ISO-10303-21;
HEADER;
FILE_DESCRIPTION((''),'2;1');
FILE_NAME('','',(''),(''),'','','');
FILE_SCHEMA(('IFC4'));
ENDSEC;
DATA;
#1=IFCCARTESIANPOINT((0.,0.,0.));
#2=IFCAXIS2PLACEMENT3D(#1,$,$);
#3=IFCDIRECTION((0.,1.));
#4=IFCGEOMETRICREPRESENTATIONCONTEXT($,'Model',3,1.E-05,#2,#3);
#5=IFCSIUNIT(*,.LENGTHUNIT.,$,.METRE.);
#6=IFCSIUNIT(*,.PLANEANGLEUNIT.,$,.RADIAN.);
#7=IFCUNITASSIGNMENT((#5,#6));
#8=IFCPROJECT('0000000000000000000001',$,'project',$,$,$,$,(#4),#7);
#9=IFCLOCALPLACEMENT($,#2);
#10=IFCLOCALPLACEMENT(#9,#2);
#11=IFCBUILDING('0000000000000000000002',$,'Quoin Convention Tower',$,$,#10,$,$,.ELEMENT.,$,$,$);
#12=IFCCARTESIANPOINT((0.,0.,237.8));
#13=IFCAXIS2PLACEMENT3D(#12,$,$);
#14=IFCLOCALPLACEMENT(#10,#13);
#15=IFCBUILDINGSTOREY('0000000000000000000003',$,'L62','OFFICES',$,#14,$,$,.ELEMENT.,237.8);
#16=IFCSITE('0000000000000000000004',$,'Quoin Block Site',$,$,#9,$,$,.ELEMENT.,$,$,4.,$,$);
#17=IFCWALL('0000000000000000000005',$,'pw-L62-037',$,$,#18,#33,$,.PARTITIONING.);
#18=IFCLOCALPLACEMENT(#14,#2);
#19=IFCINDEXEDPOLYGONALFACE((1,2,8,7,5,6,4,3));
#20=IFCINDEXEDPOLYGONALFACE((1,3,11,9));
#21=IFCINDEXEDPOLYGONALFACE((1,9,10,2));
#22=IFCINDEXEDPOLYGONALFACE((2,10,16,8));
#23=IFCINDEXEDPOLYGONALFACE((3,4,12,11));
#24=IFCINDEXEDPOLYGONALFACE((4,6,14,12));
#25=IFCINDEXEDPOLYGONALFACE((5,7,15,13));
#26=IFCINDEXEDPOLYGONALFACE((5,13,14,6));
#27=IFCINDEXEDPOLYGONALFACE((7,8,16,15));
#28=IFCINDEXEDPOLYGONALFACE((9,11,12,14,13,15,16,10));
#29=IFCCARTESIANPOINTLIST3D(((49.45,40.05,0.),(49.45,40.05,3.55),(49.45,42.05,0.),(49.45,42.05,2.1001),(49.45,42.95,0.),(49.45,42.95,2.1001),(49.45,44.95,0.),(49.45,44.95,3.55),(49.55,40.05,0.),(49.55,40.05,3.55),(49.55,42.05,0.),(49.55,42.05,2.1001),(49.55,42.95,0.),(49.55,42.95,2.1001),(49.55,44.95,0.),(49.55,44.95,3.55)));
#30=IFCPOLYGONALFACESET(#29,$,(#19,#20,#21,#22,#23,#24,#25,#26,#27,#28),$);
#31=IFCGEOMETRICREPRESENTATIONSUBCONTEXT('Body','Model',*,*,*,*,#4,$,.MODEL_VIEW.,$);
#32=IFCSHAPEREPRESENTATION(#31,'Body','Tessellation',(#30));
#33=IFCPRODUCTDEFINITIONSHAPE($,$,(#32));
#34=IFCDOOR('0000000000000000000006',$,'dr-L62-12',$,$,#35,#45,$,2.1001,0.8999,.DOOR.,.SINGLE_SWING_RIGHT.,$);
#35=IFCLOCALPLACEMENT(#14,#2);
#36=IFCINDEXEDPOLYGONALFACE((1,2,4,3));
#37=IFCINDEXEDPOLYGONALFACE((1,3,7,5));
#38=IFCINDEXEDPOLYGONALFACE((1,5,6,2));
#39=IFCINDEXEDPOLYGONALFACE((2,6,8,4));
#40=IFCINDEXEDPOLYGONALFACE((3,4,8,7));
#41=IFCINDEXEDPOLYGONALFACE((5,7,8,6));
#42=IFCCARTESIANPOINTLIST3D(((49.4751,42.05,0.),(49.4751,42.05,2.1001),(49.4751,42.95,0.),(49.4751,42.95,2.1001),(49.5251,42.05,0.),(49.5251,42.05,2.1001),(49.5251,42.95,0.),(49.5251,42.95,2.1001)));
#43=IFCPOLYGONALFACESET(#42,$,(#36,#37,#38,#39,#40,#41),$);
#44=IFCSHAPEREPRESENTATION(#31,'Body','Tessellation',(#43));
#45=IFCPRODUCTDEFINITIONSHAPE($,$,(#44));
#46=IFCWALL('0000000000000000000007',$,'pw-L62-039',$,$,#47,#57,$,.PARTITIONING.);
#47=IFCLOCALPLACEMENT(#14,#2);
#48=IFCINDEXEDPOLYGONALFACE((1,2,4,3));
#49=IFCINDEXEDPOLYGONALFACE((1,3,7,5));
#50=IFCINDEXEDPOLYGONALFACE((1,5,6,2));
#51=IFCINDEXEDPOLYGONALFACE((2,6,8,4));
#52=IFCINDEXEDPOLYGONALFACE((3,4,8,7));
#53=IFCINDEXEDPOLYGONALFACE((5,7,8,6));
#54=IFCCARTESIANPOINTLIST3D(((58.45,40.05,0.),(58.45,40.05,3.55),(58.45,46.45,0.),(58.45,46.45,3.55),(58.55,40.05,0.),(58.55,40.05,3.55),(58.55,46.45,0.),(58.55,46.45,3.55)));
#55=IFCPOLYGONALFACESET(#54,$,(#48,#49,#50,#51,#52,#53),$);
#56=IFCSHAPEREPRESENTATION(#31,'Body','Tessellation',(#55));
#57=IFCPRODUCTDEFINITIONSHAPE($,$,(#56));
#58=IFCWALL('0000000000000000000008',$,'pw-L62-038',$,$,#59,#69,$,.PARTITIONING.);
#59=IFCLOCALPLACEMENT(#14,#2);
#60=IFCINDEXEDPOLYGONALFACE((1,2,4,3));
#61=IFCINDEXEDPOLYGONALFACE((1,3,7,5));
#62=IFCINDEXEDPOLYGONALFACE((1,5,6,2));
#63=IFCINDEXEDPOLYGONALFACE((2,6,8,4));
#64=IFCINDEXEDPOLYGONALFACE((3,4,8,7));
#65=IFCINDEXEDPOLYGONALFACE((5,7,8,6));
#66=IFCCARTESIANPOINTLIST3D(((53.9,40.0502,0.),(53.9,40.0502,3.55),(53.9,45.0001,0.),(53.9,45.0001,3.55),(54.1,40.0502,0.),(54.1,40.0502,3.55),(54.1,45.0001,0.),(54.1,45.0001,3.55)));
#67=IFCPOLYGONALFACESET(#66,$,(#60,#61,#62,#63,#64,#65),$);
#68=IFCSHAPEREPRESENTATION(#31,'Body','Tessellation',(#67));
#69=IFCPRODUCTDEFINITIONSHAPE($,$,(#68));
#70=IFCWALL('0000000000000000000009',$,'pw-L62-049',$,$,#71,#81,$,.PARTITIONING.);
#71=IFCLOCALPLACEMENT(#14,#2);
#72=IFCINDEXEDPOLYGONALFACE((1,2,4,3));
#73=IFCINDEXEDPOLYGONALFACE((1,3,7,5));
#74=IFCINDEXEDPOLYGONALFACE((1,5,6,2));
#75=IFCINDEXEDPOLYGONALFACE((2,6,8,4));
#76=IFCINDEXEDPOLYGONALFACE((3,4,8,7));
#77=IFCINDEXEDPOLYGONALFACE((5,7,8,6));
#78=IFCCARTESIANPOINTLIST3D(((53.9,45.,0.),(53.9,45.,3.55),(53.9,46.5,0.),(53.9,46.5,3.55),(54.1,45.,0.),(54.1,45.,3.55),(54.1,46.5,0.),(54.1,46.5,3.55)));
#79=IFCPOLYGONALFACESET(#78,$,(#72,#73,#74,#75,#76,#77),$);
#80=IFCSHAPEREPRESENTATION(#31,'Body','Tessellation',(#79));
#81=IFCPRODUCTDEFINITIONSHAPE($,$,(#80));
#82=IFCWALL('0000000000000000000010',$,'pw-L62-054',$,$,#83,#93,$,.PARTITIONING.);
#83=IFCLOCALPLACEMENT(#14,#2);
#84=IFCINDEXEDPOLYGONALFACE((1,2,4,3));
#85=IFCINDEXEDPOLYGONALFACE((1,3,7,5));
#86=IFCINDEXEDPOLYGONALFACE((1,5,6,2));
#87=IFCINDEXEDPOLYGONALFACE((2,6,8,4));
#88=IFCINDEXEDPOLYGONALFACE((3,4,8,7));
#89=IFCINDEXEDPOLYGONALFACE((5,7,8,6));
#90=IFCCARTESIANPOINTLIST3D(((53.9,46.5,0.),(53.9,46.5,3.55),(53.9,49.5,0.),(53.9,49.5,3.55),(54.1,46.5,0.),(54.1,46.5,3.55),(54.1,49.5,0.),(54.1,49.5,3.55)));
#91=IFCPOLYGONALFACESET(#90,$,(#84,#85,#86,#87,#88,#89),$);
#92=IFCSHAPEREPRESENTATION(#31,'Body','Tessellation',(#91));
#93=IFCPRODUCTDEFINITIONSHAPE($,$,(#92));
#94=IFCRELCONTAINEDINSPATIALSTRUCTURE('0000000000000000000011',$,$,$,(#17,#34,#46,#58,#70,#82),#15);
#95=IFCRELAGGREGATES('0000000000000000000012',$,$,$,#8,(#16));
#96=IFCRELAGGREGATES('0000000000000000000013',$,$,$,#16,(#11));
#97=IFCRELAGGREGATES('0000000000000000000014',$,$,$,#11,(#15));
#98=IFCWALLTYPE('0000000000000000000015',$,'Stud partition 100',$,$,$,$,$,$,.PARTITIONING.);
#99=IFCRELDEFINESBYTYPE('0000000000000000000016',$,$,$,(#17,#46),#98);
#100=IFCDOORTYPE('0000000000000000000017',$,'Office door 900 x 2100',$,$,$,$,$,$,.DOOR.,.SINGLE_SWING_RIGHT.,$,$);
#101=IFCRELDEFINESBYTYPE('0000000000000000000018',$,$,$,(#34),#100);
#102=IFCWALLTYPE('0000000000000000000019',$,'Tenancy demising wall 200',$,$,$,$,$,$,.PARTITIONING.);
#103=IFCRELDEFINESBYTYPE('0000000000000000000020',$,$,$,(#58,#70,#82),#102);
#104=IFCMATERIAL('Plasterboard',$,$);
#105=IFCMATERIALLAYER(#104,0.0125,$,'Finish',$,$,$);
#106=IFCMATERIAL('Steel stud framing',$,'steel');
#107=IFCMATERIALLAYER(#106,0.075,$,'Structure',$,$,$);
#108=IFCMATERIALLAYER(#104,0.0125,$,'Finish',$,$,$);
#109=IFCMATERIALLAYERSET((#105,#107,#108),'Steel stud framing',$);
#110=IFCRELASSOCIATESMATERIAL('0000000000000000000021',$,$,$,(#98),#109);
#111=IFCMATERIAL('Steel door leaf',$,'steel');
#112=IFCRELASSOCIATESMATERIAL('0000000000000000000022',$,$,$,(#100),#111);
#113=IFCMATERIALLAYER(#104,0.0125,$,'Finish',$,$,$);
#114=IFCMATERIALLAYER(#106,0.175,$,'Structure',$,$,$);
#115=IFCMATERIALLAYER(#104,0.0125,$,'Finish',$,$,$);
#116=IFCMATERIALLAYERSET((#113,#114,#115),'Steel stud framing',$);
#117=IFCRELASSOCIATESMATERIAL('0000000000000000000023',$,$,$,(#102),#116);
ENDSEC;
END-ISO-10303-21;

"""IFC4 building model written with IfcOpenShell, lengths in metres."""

from ifc_helpers import new_model, si_unit, direction, frame, frame_2d, origin, place, context, subcontext, project, spatial, rectangle, extrude, material, layer, layer_set, type_object, element, fill, save


model = new_model("IFC4")

# Units and contexts
model_context = context("Model", 3, precision=1e-05, world=origin(), true_north=direction((0.0, 1.0)))
body_context = subcontext(model_context, "Body", "Model", "MODEL_VIEW")
ifc_project = project(units=[si_unit("LENGTHUNIT", "METRE"), si_unit("PLANEANGLEUNIT", "RADIAN")], contexts=[model_context])

# Site, building, storey
site_placement = place(None, origin())
site = spatial("IfcSite", under=ifc_project, at=site_placement, Name="Quoin Block Site", CompositionType="ELEMENT", RefElevation=4.0)
building_placement = place(site_placement, origin())
building = spatial("IfcBuilding", under=site, at=building_placement, Name="Quoin Convention Tower", CompositionType="ELEMENT")
storey_placement = place(building_placement, frame((0.0, 0.0, 237.8)))
storey = spatial("IfcBuildingStorey", under=building, at=storey_placement, Name="L62", Description="OFFICES", CompositionType="ELEMENT", Elevation=237.8)

# Shared definitions
ifc_material_1 = material(Name="Plasterboard")
ifc_material_2 = material(Name="Steel stud framing", Category="steel")
ifc_layer_1 = layer(ifc_material_1, 0.0125, Name="Finish")
ifc_layer_2 = layer(ifc_material_2, 0.075, Name="Structure")
ifc_layer_3 = layer(ifc_material_1, 0.0125, Name="Finish")
ifc_layer_set_1 = layer_set([ifc_layer_1, ifc_layer_2, ifc_layer_3], Name="Steel stud framing")
wall_type_1 = type_object("IfcWallType", Name="Stud partition 100", PredefinedType="PARTITIONING", material=ifc_layer_set_1)

# Shared definitions
ifc_material_3 = material(Name="Steel door leaf", Category="steel")
door_type = type_object("IfcDoorType", Name="Office door 900 x 2100", OperationType="SINGLE_SWING_RIGHT", PredefinedType="DOOR", material=ifc_material_3)

# Wall, opening, door
wall_1_placement = place(storey_placement, frame((49.5, 40.05, 0.0), z_axis=(0.0, 0.0, 1.0), x_axis=(0.0, 1.0, 0.0)))
wall_1 = element("IfcWall", 1, at=wall_1_placement, inside=storey, type_object=wall_type_1, Name="pw-L62-037", PredefinedType="PARTITIONING", context=body_context, shape_type="SweptSolid", body=[
    extrude(rectangle(XDim=4.8999, YDim=0.1001, at=frame_2d((2.45, 0.0))), origin(), (0.0, 0.0, 1.0), 3.55),
])
opening_1_placement = place(wall_1_placement, frame((2.0, 0.0, 0.0)))
opening_1 = element("IfcOpeningElement", 2, at=opening_1_placement, cuts=wall_1, PredefinedType="OPENING", context=body_context, shape_type="SweptSolid", body=[
    extrude(rectangle(XDim=0.8999, YDim=2.1001, at=frame_2d((0.45, 1.05))), frame((0.0, 0.0601, 0.0), z_axis=(0.0, -1.0, 0.0), x_axis=(1.0, 0.0, 0.0)), (0.0, 0.0, 1.0), 0.1201),
])
door_1_placement = place(opening_1_placement, origin())
door_1 = element("IfcDoor", 3, at=door_1_placement, inside=storey, type_object=door_type, Name="dr-L62-12", OperationType="SINGLE_SWING_RIGHT", OverallHeight=2.1001, OverallWidth=0.8999, PredefinedType="DOOR", context=body_context, shape_type="SweptSolid", body=[
    extrude(rectangle(XDim=0.8999, YDim=2.1001, at=frame_2d((0.45, 1.05))), frame((0.0, 0.0249, 0.0), z_axis=(0.0, -1.0, 0.0), x_axis=(1.0, 0.0, 0.0)), (0.0, 0.0, 1.0), 0.05),
])
fill(opening_1, door_1)

# Walls
wall_2_placement = place(storey_placement, frame((58.5, 40.05, 0.0), z_axis=(0.0, 0.0, 1.0), x_axis=(0.0, 1.0, 0.0)))
element("IfcWall", 4, at=wall_2_placement, inside=storey, type_object=wall_type_1, Name="pw-L62-039", PredefinedType="PARTITIONING", context=body_context, shape_type="SweptSolid", body=[
    extrude(rectangle(XDim=6.3999, YDim=0.1001, at=frame_2d((3.2, 0.0))), origin(), (0.0, 0.0, 1.0), 3.55),
])
ifc_layer_4 = layer(ifc_material_1, 0.0125, Name="Finish")
ifc_layer_5 = layer(ifc_material_2, 0.175, Name="Structure")
ifc_layer_6 = layer(ifc_material_1, 0.0125, Name="Finish")
ifc_layer_set_2 = layer_set([ifc_layer_4, ifc_layer_5, ifc_layer_6], Name="Steel stud framing")
wall_type_2 = type_object("IfcWallType", Name="Tenancy demising wall 200", PredefinedType="PARTITIONING", material=ifc_layer_set_2)
wall_3_placement = place(storey_placement, frame((54.0, 40.05, 0.0), z_axis=(0.0, 0.0, 1.0), x_axis=(0.0, 1.0, 0.0)))
element("IfcWall", 5, at=wall_3_placement, inside=storey, type_object=wall_type_2, Name="pw-L62-038", PredefinedType="PARTITIONING", context=body_context, shape_type="SweptSolid", body=[
    extrude(rectangle(XDim=4.95, YDim=0.2, at=frame_2d((2.4751, 0.0))), origin(), (0.0, 0.0, 1.0), 3.55),
])
wall_4_placement = place(storey_placement, frame((54.0, 45.0, 0.0), z_axis=(0.0, 0.0, 1.0), x_axis=(0.0, 1.0, 0.0)))
element("IfcWall", 6, at=wall_4_placement, inside=storey, type_object=wall_type_2, Name="pw-L62-049", PredefinedType="PARTITIONING", context=body_context, shape_type="SweptSolid", body=[
    extrude(rectangle(XDim=1.5, YDim=0.2, at=frame_2d((0.75, 0.0))), origin(), (0.0, 0.0, 1.0), 3.55),
])
wall_5_placement = place(storey_placement, frame((54.0, 46.5, 0.0), z_axis=(0.0, 0.0, 1.0), x_axis=(0.0, 1.0, 0.0)))
element("IfcWall", 7, at=wall_5_placement, inside=storey, type_object=wall_type_2, Name="pw-L62-054", PredefinedType="PARTITIONING", context=body_context, shape_type="SweptSolid", body=[
    extrude(rectangle(XDim=3.0, YDim=0.2, at=frame_2d((1.5, 0.0))), origin(), (0.0, 0.0, 1.0), 3.55),
])

save(model, "model.ifc")
